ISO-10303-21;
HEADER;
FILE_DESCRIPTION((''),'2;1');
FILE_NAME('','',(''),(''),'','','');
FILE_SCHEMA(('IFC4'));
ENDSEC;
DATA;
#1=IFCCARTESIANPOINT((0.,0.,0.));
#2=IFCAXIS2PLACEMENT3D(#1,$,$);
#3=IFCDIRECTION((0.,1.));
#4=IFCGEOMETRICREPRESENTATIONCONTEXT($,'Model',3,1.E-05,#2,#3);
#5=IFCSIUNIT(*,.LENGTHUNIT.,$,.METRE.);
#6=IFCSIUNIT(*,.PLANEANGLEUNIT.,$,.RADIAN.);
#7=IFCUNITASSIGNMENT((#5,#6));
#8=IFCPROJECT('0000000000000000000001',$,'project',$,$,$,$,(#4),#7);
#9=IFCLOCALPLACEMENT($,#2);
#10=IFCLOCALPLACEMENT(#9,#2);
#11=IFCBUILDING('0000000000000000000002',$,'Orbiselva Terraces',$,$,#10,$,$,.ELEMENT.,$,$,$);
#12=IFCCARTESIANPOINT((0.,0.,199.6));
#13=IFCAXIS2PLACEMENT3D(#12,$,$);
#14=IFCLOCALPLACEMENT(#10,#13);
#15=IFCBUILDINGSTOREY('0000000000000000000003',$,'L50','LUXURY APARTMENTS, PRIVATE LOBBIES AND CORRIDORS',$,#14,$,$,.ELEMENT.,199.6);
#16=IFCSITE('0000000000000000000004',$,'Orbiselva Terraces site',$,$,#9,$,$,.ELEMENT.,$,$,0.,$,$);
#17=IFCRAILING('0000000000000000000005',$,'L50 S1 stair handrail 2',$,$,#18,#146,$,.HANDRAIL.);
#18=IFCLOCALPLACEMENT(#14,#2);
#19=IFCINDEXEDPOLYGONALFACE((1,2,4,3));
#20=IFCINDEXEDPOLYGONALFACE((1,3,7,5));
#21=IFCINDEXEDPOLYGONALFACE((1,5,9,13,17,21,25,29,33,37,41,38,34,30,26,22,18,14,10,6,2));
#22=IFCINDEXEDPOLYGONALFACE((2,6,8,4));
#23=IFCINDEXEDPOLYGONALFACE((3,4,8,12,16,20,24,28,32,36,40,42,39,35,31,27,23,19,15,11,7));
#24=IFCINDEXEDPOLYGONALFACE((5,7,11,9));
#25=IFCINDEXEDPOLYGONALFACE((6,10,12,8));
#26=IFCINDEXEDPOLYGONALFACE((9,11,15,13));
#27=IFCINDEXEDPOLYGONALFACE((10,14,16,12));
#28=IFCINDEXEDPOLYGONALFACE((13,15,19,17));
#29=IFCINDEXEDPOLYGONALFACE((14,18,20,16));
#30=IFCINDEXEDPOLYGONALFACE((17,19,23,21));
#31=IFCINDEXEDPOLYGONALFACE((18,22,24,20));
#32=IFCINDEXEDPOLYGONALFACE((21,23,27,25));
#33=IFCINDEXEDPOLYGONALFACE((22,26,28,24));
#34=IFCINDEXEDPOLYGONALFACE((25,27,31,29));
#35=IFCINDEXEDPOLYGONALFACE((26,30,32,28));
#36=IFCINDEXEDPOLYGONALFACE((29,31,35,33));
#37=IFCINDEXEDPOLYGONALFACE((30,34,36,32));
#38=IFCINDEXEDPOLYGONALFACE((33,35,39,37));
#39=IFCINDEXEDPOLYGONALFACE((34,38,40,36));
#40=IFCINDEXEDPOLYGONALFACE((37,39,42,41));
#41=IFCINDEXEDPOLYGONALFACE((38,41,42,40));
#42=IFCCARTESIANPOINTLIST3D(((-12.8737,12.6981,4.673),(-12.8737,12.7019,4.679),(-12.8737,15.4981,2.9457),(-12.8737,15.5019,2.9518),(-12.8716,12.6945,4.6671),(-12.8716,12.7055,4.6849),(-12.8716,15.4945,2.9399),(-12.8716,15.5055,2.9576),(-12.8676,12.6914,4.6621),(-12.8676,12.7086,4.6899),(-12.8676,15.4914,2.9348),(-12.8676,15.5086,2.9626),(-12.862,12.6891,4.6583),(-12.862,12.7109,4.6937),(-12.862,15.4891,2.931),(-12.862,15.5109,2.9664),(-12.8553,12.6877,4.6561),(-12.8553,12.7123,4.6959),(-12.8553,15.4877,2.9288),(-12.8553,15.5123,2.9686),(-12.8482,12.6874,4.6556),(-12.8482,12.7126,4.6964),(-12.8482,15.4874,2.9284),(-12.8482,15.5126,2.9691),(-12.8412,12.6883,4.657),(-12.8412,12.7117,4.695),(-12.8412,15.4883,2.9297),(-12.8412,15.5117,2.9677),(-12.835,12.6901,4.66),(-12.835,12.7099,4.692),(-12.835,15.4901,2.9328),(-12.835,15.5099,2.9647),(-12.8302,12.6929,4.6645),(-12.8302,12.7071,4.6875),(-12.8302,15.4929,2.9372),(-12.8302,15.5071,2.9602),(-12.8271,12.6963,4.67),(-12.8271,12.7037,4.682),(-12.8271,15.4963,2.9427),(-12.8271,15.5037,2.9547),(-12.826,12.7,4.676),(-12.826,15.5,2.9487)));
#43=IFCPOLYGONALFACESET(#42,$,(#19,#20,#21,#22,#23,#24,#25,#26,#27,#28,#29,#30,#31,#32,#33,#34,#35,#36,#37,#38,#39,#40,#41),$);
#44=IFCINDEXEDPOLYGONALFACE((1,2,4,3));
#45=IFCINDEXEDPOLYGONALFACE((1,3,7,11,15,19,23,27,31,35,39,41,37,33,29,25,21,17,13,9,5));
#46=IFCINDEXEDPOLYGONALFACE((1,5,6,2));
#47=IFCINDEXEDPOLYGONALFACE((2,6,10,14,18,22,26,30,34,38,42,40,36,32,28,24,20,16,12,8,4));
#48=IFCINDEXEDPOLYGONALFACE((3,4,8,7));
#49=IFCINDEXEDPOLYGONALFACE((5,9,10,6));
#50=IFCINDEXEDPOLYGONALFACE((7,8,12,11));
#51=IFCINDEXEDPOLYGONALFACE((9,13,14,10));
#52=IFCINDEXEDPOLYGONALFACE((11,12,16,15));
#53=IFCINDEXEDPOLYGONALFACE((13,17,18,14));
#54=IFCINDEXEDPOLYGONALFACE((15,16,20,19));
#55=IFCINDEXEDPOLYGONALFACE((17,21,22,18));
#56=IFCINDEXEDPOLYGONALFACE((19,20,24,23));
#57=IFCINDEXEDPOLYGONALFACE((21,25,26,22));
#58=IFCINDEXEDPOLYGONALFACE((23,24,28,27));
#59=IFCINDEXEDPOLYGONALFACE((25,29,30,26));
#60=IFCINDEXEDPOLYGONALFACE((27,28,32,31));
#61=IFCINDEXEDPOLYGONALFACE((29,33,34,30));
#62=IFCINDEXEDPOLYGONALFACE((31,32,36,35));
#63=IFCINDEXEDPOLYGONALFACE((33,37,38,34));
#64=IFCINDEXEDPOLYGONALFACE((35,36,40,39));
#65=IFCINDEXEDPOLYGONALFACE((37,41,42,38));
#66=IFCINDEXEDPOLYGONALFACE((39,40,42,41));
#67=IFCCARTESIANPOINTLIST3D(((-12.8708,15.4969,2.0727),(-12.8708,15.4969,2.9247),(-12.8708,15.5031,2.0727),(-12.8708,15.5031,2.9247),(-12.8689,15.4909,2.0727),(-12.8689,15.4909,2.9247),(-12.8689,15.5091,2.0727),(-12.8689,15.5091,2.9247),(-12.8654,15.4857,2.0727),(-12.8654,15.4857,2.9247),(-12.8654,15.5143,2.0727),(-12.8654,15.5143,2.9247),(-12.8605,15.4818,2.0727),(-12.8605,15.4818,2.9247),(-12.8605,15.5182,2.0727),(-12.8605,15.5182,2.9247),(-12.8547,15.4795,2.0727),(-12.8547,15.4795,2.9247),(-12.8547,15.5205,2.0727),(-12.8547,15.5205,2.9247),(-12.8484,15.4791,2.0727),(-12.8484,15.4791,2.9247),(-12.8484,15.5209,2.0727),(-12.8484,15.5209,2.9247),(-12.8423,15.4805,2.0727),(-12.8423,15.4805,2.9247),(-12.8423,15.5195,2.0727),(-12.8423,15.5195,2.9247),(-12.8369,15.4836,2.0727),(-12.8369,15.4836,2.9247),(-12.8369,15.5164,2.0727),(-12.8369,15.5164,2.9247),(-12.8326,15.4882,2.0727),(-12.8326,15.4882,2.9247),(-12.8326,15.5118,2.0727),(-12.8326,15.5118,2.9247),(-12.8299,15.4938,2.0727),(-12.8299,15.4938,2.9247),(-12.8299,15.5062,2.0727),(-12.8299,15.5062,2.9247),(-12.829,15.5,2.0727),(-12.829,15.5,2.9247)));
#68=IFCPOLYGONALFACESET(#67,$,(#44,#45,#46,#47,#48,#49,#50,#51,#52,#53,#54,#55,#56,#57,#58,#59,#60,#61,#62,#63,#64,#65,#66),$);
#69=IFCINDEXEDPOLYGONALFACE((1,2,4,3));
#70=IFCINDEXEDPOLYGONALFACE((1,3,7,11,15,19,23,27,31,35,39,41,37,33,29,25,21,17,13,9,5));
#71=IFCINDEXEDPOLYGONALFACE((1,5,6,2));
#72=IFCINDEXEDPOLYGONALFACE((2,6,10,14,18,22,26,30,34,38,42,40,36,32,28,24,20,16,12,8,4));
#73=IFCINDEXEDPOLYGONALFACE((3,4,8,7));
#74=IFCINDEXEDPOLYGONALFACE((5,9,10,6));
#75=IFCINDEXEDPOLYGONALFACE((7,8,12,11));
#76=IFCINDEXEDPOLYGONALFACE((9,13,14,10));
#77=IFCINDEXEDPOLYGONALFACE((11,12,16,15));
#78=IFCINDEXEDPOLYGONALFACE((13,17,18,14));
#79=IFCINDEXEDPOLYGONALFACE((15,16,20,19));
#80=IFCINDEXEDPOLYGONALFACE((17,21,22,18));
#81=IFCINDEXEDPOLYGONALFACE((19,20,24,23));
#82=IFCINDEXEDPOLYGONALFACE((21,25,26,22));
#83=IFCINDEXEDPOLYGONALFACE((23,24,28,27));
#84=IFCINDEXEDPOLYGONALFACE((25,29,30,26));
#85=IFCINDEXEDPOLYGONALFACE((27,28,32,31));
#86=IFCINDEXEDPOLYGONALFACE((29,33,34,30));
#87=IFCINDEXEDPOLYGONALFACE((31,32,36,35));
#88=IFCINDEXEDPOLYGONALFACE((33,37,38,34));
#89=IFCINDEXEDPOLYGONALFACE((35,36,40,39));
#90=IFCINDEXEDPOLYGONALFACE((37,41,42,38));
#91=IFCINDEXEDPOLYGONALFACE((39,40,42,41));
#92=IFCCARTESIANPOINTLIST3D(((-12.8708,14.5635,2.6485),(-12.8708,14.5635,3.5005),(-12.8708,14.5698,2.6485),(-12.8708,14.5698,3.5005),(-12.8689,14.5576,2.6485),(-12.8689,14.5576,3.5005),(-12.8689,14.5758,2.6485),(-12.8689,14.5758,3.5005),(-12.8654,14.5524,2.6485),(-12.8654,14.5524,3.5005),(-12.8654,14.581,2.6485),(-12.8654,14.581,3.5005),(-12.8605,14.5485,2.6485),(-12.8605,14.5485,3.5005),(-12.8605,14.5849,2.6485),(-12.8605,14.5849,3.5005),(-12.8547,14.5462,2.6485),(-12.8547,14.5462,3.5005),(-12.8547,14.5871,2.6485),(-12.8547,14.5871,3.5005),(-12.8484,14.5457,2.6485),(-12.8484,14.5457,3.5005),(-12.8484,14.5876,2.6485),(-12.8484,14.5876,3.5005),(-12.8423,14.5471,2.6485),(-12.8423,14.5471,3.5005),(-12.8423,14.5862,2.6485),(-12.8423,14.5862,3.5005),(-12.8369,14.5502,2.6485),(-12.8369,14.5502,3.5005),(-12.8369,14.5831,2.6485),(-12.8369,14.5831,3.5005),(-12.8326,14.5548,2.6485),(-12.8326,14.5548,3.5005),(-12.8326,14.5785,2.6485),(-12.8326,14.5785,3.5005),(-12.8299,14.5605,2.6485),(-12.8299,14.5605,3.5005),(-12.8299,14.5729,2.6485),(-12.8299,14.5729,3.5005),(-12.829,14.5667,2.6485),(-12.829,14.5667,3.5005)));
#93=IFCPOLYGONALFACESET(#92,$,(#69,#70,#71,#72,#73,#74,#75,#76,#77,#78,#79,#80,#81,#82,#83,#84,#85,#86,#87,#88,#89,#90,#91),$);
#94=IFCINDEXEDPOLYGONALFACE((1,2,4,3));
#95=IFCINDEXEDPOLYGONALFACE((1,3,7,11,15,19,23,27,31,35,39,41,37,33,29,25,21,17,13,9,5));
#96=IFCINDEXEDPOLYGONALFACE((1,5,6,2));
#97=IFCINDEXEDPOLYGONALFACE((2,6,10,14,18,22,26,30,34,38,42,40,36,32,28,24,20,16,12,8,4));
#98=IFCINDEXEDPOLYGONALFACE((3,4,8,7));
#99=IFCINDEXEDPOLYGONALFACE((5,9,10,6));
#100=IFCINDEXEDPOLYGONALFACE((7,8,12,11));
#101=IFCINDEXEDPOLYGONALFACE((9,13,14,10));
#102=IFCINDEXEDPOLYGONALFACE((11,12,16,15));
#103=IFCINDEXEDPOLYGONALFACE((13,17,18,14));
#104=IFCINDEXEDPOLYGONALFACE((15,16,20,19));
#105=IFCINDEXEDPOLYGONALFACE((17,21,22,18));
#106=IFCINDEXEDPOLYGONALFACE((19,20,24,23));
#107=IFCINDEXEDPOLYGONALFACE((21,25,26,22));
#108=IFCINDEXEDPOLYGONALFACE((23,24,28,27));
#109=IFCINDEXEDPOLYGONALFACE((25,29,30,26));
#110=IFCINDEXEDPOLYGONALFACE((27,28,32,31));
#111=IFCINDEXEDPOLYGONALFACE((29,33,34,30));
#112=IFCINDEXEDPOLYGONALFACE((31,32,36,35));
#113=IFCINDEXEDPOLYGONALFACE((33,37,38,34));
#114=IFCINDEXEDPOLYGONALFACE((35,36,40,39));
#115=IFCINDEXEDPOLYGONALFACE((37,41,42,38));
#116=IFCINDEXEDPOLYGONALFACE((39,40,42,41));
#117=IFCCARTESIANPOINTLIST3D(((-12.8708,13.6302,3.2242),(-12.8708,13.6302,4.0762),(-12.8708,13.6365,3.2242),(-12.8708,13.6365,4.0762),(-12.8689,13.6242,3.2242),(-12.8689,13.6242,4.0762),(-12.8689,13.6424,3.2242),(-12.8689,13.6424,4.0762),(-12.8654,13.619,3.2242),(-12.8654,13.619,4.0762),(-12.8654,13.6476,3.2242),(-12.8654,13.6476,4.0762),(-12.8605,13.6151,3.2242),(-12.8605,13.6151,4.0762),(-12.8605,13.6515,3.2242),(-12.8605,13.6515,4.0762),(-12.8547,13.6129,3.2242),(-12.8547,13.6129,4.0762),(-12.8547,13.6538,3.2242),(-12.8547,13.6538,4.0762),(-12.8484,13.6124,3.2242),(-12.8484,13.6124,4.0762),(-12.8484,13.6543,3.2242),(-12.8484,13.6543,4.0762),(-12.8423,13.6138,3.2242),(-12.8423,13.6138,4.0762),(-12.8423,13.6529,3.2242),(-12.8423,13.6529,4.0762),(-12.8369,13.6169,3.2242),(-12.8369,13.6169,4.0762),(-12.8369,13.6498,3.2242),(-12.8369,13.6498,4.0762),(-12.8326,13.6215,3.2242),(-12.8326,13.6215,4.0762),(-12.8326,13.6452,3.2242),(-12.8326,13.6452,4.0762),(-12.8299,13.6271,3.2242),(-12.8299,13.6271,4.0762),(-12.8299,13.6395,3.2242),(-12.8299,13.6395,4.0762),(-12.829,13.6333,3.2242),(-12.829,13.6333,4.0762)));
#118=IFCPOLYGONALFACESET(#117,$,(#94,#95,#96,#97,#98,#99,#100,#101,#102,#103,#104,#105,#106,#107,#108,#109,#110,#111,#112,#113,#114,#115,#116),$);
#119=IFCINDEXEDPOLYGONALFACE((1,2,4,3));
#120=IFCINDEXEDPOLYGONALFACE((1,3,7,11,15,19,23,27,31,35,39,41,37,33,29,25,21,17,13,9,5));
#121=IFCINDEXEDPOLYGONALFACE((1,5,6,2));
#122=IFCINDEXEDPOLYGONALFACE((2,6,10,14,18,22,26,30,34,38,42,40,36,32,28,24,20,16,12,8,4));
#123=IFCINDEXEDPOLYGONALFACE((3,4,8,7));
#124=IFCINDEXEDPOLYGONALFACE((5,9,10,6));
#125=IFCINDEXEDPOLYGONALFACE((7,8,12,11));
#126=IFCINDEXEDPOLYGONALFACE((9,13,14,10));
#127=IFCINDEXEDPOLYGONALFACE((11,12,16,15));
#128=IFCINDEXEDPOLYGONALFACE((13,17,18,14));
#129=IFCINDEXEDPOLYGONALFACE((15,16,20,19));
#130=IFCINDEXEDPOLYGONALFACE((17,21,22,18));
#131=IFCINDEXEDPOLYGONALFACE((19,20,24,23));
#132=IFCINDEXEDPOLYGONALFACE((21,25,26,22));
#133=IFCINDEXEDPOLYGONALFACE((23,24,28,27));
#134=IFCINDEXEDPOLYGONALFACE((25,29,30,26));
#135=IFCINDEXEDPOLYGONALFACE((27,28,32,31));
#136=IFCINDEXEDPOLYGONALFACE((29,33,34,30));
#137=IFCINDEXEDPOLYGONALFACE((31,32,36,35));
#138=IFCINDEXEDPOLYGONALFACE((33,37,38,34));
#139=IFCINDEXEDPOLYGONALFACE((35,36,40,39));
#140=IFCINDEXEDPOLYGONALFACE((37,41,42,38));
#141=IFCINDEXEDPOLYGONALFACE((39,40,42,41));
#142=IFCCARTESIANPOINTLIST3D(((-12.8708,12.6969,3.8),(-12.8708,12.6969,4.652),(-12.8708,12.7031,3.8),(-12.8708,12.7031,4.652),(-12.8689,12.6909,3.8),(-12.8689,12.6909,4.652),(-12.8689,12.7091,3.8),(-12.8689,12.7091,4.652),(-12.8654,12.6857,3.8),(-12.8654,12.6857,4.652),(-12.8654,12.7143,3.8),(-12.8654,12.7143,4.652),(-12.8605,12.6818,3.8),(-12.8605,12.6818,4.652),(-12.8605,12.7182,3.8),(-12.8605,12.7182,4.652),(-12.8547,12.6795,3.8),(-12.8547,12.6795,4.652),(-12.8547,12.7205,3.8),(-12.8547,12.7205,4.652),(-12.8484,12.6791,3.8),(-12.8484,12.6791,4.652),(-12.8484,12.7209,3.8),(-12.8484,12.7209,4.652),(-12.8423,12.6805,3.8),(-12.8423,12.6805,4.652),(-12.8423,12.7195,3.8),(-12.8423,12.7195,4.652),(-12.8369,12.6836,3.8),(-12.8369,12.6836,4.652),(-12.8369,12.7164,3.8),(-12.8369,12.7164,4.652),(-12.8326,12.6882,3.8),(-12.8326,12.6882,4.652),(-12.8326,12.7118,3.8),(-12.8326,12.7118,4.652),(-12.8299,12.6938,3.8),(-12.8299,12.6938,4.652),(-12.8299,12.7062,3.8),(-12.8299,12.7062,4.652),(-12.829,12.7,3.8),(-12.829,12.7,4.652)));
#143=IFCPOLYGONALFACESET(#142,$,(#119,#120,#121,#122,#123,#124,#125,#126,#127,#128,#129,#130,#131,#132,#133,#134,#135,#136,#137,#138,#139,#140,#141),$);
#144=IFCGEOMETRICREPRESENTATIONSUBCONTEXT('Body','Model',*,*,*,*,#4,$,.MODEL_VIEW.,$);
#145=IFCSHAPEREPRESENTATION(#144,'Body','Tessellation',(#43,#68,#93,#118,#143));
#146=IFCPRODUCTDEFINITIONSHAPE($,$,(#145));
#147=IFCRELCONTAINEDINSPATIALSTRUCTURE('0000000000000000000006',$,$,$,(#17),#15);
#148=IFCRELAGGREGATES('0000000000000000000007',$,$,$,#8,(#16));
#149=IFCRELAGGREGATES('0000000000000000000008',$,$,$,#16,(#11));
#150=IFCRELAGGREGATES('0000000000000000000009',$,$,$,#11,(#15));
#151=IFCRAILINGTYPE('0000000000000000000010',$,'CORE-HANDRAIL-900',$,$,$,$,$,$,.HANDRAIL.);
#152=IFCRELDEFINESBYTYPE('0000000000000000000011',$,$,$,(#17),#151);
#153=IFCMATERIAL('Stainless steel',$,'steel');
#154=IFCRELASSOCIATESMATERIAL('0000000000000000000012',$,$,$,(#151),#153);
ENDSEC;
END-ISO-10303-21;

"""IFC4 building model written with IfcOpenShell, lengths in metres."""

from ifc_helpers import new_model, si_unit, direction, frame, origin, origin_2d, place, context, subcontext, project, spatial, circle, extrude, material, type_object, element, save


model = new_model("IFC4")

# Units and contexts
model_context = context("Model", 3, precision=1e-05, world=origin(), true_north=direction((0.0, 1.0)))
body_context = subcontext(model_context, "Body", "Model", "MODEL_VIEW")
ifc_project = project(units=[si_unit("LENGTHUNIT", "METRE"), si_unit("PLANEANGLEUNIT", "RADIAN")], contexts=[model_context])

# Site, building, storey
site_placement = place(None, origin())
site = spatial("IfcSite", under=ifc_project, at=site_placement, Name="Orbiselva Terraces site", CompositionType="ELEMENT", RefElevation=0.0)
building_placement = place(site_placement, origin())
building = spatial("IfcBuilding", under=site, at=building_placement, Name="Orbiselva Terraces", CompositionType="ELEMENT")
storey_placement = place(building_placement, frame((0.0, 0.0, 199.6)))
storey = spatial("IfcBuildingStorey", under=building, at=storey_placement, Name="L50", Description="LUXURY APARTMENTS, PRIVATE LOBBIES AND CORRIDORS", CompositionType="ELEMENT", Elevation=199.6)

# Railing
ifc_material_1 = material(Name="Stainless steel", Category="steel")
railing_type_1 = type_object("IfcRailingType", Name="CORE-HANDRAIL-900", PredefinedType="HANDRAIL", material=ifc_material_1)
railing_1_placement = place(storey_placement, frame((-12.85, 15.5, 2.0727)))
element("IfcRailing", 1, at=railing_1_placement, inside=storey, type_object=railing_type_1, Name="L50 S1 stair handrail 2", PredefinedType="HANDRAIL", context=body_context, shape_type="SweptSolid", body=[
    extrude(circle(Radius=0.024, at=origin_2d()), frame((0.0, 0.0, 0.876), z_axis=(0.0, -0.851089, 0.525022), x_axis=(1.0, 0.0, 0.0)), (0.0, 0.0, 1.0), 3.2899),
    extrude(circle(Radius=0.021, at=origin_2d()), origin(), (0.0, 0.0, 1.0), 0.852),
    extrude(circle(Radius=0.021, at=origin_2d()), frame((0.0, -0.9333, 0.5758)), (0.0, 0.0, 1.0), 0.852),
    extrude(circle(Radius=0.021, at=origin_2d()), frame((0.0, -1.8667, 1.1515)), (0.0, 0.0, 1.0), 0.852),
    extrude(circle(Radius=0.021, at=origin_2d()), frame((0.0, -2.8, 1.7273)), (0.0, 0.0, 1.0), 0.852),
])

save(model, "model.ifc")
